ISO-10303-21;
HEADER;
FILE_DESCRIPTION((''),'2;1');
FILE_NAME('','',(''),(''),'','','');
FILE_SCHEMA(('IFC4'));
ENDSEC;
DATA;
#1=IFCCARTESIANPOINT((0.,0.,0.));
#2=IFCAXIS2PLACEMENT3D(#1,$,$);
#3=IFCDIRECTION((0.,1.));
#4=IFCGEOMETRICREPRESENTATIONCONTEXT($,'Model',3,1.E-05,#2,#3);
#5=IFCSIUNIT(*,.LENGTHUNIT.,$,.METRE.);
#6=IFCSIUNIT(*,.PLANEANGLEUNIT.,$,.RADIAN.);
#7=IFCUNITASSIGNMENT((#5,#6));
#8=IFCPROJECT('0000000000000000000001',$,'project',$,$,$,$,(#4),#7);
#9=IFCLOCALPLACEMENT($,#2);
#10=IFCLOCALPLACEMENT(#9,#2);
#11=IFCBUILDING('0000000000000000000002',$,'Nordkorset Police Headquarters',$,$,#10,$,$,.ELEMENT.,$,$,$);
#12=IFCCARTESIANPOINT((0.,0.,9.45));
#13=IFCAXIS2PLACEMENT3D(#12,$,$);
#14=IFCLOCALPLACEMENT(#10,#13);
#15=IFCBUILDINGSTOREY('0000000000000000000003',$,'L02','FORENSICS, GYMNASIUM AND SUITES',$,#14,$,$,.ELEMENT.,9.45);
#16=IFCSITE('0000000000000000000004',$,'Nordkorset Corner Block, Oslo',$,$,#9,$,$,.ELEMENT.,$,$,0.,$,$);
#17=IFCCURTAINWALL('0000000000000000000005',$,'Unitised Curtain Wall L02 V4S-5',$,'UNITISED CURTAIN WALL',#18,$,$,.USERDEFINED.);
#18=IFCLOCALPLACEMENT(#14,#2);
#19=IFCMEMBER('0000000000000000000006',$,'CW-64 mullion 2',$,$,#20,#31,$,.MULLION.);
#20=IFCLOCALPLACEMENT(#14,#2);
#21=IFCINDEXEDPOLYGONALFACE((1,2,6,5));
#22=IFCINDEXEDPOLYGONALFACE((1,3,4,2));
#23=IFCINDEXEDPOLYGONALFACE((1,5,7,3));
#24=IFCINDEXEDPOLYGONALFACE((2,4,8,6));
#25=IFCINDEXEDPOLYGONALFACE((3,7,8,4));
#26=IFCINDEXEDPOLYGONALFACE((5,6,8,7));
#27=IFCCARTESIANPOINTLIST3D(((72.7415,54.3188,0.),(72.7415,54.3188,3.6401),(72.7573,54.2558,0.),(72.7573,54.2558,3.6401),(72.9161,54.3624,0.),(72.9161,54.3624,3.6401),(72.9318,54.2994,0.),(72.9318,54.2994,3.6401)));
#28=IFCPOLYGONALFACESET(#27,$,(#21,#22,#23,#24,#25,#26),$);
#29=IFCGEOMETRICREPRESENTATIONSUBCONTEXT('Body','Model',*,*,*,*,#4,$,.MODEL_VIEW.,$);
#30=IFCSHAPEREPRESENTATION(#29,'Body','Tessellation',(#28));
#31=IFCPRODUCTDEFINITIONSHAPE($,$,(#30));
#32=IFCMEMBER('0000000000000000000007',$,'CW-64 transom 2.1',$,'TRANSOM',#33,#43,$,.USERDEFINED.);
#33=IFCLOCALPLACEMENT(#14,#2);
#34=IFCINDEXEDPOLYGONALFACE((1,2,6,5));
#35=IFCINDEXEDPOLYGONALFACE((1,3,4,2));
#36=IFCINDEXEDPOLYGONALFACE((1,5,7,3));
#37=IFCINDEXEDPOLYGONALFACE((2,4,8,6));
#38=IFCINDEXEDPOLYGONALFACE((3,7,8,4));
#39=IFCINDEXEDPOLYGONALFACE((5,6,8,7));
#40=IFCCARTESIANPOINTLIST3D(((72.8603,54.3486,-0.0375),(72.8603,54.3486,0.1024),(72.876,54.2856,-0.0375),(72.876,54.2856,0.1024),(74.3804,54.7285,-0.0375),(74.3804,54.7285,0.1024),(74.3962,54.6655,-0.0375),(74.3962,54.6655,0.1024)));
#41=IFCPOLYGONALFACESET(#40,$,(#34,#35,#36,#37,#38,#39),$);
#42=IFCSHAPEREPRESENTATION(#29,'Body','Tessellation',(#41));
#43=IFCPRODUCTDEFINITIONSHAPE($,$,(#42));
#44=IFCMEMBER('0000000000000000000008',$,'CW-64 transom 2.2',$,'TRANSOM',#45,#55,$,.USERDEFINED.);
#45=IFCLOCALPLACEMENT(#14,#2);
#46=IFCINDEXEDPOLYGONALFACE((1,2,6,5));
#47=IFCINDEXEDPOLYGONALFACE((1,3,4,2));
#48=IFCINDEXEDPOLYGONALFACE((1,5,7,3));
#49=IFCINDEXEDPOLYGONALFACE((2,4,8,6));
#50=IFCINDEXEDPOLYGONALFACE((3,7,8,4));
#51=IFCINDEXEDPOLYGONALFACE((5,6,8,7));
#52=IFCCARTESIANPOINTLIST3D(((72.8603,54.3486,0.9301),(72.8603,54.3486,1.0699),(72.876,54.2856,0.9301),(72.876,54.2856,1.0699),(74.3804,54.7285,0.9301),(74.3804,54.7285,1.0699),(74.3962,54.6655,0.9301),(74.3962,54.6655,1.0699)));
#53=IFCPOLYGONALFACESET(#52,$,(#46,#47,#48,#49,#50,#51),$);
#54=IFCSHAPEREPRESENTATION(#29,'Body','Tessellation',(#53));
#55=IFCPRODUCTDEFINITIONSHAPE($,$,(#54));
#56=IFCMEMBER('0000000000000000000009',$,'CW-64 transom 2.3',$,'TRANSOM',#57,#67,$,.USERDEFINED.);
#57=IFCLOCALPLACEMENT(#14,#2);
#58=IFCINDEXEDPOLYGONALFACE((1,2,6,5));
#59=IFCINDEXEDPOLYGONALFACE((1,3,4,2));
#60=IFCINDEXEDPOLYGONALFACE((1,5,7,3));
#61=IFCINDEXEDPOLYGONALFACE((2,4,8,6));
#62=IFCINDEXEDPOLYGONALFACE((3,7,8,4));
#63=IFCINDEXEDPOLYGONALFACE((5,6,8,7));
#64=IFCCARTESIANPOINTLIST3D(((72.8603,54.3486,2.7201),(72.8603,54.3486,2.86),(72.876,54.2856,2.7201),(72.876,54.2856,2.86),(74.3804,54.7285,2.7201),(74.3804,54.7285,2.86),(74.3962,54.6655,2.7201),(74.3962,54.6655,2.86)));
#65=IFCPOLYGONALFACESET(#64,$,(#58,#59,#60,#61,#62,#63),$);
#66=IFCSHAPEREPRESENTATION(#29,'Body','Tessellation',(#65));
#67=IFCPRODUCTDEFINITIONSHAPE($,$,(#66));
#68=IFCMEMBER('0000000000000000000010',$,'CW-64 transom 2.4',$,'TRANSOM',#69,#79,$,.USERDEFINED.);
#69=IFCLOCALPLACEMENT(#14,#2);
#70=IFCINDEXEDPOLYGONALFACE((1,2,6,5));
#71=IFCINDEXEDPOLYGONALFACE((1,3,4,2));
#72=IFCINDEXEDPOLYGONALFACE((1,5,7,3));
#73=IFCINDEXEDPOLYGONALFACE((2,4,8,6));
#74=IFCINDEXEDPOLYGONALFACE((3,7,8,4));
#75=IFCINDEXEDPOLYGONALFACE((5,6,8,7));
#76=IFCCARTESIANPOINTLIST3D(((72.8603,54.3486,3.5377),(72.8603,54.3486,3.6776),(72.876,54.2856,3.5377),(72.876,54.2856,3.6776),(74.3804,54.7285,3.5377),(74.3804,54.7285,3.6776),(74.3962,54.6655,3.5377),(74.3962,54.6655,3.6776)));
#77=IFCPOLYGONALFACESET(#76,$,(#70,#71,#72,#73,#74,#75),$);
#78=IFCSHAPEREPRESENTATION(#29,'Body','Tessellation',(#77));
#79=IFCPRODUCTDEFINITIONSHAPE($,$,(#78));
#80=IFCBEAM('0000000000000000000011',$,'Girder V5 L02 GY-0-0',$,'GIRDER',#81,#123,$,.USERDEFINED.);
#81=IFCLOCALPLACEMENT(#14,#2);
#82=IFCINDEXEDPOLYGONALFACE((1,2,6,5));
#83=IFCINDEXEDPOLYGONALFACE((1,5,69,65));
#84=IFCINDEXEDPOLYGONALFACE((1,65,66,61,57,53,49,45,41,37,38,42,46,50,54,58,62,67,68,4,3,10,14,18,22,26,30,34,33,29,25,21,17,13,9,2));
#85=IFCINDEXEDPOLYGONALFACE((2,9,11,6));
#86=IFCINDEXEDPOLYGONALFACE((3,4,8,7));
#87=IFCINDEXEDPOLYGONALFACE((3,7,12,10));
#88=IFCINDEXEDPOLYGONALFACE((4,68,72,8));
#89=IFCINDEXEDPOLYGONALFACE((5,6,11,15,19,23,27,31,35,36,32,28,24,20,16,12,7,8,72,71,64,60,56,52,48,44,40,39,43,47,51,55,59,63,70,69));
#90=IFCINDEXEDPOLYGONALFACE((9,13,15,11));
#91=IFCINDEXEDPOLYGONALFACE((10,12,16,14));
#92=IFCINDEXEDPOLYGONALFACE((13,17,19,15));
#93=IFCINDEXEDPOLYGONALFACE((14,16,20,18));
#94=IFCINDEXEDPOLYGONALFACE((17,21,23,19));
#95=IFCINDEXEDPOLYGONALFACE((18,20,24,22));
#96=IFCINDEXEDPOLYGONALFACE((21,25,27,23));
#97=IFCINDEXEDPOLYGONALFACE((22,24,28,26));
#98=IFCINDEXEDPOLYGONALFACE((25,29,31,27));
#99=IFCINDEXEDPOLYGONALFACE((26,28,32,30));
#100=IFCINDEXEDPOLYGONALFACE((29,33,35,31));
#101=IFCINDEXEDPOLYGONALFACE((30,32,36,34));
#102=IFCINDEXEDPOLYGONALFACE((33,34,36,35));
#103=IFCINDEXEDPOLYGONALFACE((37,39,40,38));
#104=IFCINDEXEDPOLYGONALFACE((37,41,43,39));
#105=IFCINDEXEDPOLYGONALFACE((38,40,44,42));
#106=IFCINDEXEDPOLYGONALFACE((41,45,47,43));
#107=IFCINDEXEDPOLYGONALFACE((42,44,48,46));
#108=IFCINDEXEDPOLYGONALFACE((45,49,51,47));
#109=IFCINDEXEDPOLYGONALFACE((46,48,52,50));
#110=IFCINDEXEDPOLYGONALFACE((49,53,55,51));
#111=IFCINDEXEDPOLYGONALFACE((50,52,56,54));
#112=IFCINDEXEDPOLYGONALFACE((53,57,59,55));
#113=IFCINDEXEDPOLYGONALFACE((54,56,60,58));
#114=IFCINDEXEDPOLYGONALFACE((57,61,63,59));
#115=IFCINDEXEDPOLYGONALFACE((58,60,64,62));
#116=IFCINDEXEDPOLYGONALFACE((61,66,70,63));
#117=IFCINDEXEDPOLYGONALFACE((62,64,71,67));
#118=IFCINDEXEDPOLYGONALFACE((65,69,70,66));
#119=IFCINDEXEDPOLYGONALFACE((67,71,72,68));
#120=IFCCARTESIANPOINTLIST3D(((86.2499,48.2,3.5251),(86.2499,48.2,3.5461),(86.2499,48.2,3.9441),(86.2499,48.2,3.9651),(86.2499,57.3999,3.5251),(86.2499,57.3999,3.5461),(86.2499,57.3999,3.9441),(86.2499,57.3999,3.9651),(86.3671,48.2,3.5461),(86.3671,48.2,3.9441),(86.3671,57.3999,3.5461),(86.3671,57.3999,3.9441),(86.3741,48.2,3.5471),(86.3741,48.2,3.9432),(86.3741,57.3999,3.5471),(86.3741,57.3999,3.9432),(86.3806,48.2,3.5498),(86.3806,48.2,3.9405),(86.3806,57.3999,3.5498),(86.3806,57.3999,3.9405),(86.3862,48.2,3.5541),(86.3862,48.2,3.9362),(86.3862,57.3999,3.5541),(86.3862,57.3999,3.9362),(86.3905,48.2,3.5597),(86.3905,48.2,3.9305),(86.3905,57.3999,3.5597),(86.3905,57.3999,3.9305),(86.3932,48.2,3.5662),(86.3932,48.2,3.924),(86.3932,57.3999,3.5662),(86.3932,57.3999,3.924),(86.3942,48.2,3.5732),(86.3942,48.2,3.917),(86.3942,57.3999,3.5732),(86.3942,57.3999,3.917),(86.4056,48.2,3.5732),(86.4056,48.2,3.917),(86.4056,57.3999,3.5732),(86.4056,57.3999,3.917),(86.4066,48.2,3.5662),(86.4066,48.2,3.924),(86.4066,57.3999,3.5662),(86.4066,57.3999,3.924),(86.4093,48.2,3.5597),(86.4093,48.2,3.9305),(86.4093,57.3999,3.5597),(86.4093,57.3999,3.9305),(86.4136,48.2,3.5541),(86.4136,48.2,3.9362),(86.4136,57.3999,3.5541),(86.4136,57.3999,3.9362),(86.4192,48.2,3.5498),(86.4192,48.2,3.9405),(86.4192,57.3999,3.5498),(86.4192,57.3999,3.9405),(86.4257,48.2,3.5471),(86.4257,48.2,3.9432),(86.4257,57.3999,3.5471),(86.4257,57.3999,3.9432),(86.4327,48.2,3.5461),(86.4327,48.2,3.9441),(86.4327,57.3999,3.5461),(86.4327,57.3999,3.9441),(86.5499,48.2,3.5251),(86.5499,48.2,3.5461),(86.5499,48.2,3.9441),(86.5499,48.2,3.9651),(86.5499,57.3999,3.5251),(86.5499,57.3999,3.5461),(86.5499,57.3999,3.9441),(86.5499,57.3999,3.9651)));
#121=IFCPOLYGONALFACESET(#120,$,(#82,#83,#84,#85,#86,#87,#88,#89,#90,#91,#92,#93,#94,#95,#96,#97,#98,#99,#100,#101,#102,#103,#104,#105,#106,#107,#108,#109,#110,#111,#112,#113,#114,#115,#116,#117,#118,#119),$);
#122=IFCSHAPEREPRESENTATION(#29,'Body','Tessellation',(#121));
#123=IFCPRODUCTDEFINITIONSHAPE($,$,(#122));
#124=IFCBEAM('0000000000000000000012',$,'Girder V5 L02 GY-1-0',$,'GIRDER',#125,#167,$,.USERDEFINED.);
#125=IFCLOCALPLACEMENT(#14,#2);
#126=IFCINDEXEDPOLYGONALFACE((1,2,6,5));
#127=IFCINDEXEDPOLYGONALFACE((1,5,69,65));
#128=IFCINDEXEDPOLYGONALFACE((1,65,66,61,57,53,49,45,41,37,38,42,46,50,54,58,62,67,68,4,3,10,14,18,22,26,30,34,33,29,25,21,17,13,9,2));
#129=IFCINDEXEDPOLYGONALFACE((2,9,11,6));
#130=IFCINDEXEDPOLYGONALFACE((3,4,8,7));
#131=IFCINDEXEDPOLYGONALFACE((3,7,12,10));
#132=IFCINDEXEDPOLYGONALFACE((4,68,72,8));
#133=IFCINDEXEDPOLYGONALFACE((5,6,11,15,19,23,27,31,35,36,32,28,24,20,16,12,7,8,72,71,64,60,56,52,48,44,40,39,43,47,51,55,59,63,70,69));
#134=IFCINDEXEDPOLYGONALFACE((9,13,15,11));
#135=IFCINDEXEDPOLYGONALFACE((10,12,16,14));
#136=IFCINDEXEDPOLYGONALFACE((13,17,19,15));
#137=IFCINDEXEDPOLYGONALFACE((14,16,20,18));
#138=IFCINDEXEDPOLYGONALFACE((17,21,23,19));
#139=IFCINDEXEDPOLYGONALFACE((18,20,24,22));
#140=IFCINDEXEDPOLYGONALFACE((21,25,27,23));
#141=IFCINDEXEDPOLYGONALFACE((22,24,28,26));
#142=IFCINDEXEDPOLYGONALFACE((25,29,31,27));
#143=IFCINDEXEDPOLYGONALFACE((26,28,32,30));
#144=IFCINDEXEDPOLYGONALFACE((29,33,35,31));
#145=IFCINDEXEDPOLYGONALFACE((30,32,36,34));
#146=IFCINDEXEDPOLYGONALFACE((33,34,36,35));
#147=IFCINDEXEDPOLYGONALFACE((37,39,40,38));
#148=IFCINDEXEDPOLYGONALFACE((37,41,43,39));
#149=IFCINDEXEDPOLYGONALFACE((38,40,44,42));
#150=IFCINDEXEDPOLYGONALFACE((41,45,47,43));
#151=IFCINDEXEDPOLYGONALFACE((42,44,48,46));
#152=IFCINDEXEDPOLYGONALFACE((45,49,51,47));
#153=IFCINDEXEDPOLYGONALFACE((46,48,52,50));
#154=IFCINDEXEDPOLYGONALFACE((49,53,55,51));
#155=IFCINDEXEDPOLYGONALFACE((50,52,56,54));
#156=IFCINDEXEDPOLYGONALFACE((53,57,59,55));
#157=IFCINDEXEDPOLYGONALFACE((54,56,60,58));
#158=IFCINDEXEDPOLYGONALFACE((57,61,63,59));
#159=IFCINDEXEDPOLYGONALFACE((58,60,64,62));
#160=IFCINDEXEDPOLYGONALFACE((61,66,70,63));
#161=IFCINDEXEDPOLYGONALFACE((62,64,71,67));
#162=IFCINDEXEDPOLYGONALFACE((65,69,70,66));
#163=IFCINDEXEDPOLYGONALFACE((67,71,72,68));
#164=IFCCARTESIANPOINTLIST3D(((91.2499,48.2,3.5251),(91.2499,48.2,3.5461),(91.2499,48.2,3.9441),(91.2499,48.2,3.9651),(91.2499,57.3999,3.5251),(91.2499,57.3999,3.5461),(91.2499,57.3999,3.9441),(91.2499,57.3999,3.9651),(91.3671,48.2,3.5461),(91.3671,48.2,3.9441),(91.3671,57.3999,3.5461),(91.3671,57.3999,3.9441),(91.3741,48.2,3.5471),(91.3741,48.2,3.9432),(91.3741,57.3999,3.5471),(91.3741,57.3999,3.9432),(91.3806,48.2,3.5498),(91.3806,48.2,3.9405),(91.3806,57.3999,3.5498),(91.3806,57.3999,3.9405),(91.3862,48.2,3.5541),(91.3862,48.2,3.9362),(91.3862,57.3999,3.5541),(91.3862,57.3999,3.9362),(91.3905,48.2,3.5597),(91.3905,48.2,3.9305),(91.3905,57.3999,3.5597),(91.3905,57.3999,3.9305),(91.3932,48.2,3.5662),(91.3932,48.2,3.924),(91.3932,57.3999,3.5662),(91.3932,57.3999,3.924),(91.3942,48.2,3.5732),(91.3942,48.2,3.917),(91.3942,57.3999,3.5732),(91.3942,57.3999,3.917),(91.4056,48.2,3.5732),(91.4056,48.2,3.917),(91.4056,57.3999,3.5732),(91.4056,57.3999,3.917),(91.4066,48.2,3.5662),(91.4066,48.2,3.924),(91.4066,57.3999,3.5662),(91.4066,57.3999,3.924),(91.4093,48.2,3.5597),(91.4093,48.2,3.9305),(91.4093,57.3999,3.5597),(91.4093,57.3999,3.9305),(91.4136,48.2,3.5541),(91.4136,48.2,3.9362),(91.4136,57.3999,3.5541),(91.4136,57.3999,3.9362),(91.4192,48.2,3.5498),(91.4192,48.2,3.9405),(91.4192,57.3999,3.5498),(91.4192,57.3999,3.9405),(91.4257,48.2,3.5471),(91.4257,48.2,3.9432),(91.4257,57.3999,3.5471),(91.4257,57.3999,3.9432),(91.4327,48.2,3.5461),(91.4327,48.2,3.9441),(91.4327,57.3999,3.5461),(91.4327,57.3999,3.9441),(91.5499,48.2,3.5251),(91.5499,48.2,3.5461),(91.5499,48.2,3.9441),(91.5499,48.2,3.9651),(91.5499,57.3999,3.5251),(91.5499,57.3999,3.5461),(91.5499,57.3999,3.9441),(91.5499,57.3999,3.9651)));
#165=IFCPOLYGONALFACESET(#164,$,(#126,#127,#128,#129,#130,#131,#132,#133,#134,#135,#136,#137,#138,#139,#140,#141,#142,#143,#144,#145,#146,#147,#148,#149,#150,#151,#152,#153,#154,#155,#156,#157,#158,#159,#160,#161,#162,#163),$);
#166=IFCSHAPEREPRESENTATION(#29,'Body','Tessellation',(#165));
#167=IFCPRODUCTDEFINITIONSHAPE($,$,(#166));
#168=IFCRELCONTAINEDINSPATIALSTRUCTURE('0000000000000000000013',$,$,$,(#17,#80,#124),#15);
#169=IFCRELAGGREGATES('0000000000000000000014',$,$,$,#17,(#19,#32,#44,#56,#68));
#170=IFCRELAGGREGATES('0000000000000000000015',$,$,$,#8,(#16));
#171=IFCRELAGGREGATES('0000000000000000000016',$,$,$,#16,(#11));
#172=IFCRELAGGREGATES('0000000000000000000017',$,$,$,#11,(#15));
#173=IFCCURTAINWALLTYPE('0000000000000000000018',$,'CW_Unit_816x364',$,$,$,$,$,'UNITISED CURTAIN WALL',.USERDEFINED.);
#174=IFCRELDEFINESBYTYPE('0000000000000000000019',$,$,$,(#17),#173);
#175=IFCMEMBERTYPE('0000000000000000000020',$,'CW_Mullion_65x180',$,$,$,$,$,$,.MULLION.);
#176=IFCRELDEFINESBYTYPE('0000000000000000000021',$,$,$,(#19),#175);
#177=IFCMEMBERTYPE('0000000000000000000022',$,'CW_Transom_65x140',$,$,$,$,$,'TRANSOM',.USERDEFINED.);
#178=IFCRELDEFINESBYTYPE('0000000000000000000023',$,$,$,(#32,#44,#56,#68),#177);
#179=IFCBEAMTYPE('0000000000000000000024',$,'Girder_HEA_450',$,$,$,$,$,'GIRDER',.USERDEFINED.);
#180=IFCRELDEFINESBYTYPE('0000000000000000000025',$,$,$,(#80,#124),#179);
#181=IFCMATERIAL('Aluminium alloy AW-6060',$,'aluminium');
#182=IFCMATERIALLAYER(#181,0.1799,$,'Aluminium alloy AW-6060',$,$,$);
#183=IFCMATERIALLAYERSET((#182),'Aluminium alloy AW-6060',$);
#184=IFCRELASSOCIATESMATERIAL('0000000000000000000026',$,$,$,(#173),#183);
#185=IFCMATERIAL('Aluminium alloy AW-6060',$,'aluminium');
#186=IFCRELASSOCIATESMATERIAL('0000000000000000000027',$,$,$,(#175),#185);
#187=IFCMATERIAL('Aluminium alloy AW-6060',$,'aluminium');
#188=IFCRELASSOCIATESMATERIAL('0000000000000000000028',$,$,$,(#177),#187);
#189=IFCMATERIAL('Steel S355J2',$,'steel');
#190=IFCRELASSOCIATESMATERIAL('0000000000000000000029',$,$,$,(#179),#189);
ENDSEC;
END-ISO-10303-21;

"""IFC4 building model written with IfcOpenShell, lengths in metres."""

from ifc_helpers import new_model, si_unit, direction, frame, origin, origin_2d, place, context, subcontext, project, spatial, rectangle, i_section, extrude, material, layer, layer_set, material_profile, profile_set, type_object, element, aggregate, save


model = new_model("IFC4")

# Units and contexts
model_context = context("Model", 3, precision=1e-05, world=origin(), true_north=direction((0.0, 1.0)))
body_context = subcontext(model_context, "Body", "Model", "MODEL_VIEW")
ifc_project = project(units=[si_unit("LENGTHUNIT", "METRE"), si_unit("PLANEANGLEUNIT", "RADIAN")], contexts=[model_context])

# Site, building, storey
site_placement = place(None, origin())
site = spatial("IfcSite", under=ifc_project, at=site_placement, Name="Nordkorset Corner Block, Oslo", CompositionType="ELEMENT", RefElevation=0.0)
building_placement = place(site_placement, origin())
building = spatial("IfcBuilding", under=site, at=building_placement, Name="Nordkorset Police Headquarters", CompositionType="ELEMENT")
storey_placement = place(building_placement, frame((0.0, 0.0, 9.45)))
storey = spatial("IfcBuildingStorey", under=building, at=storey_placement, Name="L02", Description="FORENSICS, GYMNASIUM AND SUITES", CompositionType="ELEMENT", Elevation=9.45)

# Curtain wall, members
ifc_material_1 = material(Name="Aluminium alloy AW-6060", Category="aluminium")
ifc_layer_1 = layer(ifc_material_1, 0.1799, Name="Aluminium alloy AW-6060")
ifc_layer_set_1 = layer_set([ifc_layer_1], Name="Aluminium alloy AW-6060")
curtain_wall_type = type_object("IfcCurtainWallType", Name="CW_Unit_816x364", ElementType="UNITISED CURTAIN WALL", PredefinedType="USERDEFINED", material=ifc_layer_set_1)
curtain_wall_placement = place(storey_placement, origin())
curtain_wall = element("IfcCurtainWall", 1, at=curtain_wall_placement, inside=storey, type_object=curtain_wall_type, Name="Unitised Curtain Wall L02 V4S-5", ObjectType="UNITISED CURTAIN WALL", PredefinedType="USERDEFINED")
ifc_material_2 = material(Name="Aluminium alloy AW-6060", Category="aluminium")
ifc_material_profile_1 = material_profile(ifc_material_2, rectangle(XDim=0.0649, YDim=0.1799, at=origin_2d()), Name="ALU MULL 65x180")
ifc_profile_set_1 = profile_set([ifc_material_profile_1], Name="Aluminium alloy AW-6060")
member_type_1 = type_object("IfcMemberType", Name="CW_Mullion_65x180", PredefinedType="MULLION", material=ifc_profile_set_1)
member_1_placement = place(storey_placement, frame((72.8367, 54.3091, 0.0), z_axis=(0.0, 0.0, 1.0), x_axis=(-0.242536, 0.970143, 0.0)))
member_1 = element("IfcMember", 2, at=member_1_placement, type_object=member_type_1, Name="CW-64 mullion 2", PredefinedType="MULLION", context=body_context, shape_type="SweptSolid", body=[
    extrude(rectangle(XDim=0.0649, YDim=0.1799, at=origin_2d()), origin(), (0.0, 0.0, 1.0), 3.6401),
])
ifc_material_3 = material(Name="Aluminium alloy AW-6060", Category="aluminium")
ifc_material_profile_2 = material_profile(ifc_material_3, rectangle(XDim=0.0649, YDim=0.1399, at=origin_2d()), Name="ALU TRAN 65x140")
ifc_profile_set_2 = profile_set([ifc_material_profile_2], Name="Aluminium alloy AW-6060")
member_type_2 = type_object("IfcMemberType", Name="CW_Transom_65x140", ElementType="TRANSOM", PredefinedType="USERDEFINED", material=ifc_profile_set_2)
member_2_placement = place(storey_placement, frame((72.8682, 54.3171, 0.0325), z_axis=(0.97017, 0.242426, 0.0), x_axis=(-0.242426, 0.97017, 0.0)))
member_2 = element("IfcMember", 3, at=member_2_placement, type_object=member_type_2, Name="CW-64 transom 2.1", ObjectType="TRANSOM", PredefinedType="USERDEFINED", context=body_context, shape_type="SweptSolid", body=[
    extrude(rectangle(XDim=0.0649, YDim=0.1399, at=origin_2d()), origin(), (0.0, 0.0, 1.0), 1.5669),
])
member_3_placement = place(storey_placement, frame((72.8682, 54.3171, 1.0), z_axis=(0.97017, 0.242426, 0.0), x_axis=(-0.242426, 0.97017, 0.0)))
member_3 = element("IfcMember", 4, at=member_3_placement, type_object=member_type_2, Name="CW-64 transom 2.2", ObjectType="TRANSOM", PredefinedType="USERDEFINED", context=body_context, shape_type="SweptSolid", body=[
    extrude(rectangle(XDim=0.0649, YDim=0.1399, at=origin_2d()), origin(), (0.0, 0.0, 1.0), 1.5669),
])
member_4_placement = place(storey_placement, frame((72.8682, 54.3171, 2.79), z_axis=(0.97017, 0.242426, 0.0), x_axis=(-0.242426, 0.97017, 0.0)))
member_4 = element("IfcMember", 5, at=member_4_placement, type_object=member_type_2, Name="CW-64 transom 2.3", ObjectType="TRANSOM", PredefinedType="USERDEFINED", context=body_context, shape_type="SweptSolid", body=[
    extrude(rectangle(XDim=0.0649, YDim=0.1399, at=origin_2d()), origin(), (0.0, 0.0, 1.0), 1.5669),
])
member_5_placement = place(storey_placement, frame((72.8682, 54.3171, 3.6077), z_axis=(0.97017, 0.242426, 0.0), x_axis=(-0.242426, 0.97017, 0.0)))
member_5 = element("IfcMember", 6, at=member_5_placement, type_object=member_type_2, Name="CW-64 transom 2.4", ObjectType="TRANSOM", PredefinedType="USERDEFINED", context=body_context, shape_type="SweptSolid", body=[
    extrude(rectangle(XDim=0.0649, YDim=0.1399, at=origin_2d()), origin(), (0.0, 0.0, 1.0), 1.5669),
])

# Beams
ifc_material_4 = material(Name="Steel S355J2", Category="steel")
ifc_material_profile_3 = material_profile(ifc_material_4, i_section(OverallWidth=0.3, OverallDepth=0.4399, WebThickness=0.0115, FlangeThickness=0.021, FilletRadius=0.0271, at=origin_2d()), Name="HEA 450")
ifc_profile_set_3 = profile_set([ifc_material_profile_3], Name="Steel S355J2")
beam_type_1 = type_object("IfcBeamType", Name="Girder_HEA_450", ElementType="GIRDER", PredefinedType="USERDEFINED", material=ifc_profile_set_3)
for number, where, z_axis, x_axis, name in (
    (7, (86.3999, 48.2, 3.7451), (0.0, 1.0, 0.0), (-1.0, 0.0, 0.0), "Girder V5 L02 GY-0-0"),
    (8, (91.3999, 48.2, 3.7451), (0.0, 1.0, 0.0), (-1.0, 0.0, 0.0), "Girder V5 L02 GY-1-0"),
):
    element("IfcBeam", number, at=place(storey_placement, frame(where, z_axis=z_axis, x_axis=x_axis)), inside=storey, type_object=beam_type_1, Name=name, ObjectType="GIRDER", PredefinedType="USERDEFINED", context=body_context, shape_type="SweptSolid", body=[
        extrude(i_section(OverallWidth=0.3, OverallDepth=0.4399, WebThickness=0.0115, FlangeThickness=0.021, FilletRadius=0.0271, at=origin_2d()), origin(), (0.0, 0.0, 1.0), 9.2),
    ])

aggregate(curtain_wall, [member_1, member_2, member_3, member_4, member_5])

save(model, "model.ifc")
